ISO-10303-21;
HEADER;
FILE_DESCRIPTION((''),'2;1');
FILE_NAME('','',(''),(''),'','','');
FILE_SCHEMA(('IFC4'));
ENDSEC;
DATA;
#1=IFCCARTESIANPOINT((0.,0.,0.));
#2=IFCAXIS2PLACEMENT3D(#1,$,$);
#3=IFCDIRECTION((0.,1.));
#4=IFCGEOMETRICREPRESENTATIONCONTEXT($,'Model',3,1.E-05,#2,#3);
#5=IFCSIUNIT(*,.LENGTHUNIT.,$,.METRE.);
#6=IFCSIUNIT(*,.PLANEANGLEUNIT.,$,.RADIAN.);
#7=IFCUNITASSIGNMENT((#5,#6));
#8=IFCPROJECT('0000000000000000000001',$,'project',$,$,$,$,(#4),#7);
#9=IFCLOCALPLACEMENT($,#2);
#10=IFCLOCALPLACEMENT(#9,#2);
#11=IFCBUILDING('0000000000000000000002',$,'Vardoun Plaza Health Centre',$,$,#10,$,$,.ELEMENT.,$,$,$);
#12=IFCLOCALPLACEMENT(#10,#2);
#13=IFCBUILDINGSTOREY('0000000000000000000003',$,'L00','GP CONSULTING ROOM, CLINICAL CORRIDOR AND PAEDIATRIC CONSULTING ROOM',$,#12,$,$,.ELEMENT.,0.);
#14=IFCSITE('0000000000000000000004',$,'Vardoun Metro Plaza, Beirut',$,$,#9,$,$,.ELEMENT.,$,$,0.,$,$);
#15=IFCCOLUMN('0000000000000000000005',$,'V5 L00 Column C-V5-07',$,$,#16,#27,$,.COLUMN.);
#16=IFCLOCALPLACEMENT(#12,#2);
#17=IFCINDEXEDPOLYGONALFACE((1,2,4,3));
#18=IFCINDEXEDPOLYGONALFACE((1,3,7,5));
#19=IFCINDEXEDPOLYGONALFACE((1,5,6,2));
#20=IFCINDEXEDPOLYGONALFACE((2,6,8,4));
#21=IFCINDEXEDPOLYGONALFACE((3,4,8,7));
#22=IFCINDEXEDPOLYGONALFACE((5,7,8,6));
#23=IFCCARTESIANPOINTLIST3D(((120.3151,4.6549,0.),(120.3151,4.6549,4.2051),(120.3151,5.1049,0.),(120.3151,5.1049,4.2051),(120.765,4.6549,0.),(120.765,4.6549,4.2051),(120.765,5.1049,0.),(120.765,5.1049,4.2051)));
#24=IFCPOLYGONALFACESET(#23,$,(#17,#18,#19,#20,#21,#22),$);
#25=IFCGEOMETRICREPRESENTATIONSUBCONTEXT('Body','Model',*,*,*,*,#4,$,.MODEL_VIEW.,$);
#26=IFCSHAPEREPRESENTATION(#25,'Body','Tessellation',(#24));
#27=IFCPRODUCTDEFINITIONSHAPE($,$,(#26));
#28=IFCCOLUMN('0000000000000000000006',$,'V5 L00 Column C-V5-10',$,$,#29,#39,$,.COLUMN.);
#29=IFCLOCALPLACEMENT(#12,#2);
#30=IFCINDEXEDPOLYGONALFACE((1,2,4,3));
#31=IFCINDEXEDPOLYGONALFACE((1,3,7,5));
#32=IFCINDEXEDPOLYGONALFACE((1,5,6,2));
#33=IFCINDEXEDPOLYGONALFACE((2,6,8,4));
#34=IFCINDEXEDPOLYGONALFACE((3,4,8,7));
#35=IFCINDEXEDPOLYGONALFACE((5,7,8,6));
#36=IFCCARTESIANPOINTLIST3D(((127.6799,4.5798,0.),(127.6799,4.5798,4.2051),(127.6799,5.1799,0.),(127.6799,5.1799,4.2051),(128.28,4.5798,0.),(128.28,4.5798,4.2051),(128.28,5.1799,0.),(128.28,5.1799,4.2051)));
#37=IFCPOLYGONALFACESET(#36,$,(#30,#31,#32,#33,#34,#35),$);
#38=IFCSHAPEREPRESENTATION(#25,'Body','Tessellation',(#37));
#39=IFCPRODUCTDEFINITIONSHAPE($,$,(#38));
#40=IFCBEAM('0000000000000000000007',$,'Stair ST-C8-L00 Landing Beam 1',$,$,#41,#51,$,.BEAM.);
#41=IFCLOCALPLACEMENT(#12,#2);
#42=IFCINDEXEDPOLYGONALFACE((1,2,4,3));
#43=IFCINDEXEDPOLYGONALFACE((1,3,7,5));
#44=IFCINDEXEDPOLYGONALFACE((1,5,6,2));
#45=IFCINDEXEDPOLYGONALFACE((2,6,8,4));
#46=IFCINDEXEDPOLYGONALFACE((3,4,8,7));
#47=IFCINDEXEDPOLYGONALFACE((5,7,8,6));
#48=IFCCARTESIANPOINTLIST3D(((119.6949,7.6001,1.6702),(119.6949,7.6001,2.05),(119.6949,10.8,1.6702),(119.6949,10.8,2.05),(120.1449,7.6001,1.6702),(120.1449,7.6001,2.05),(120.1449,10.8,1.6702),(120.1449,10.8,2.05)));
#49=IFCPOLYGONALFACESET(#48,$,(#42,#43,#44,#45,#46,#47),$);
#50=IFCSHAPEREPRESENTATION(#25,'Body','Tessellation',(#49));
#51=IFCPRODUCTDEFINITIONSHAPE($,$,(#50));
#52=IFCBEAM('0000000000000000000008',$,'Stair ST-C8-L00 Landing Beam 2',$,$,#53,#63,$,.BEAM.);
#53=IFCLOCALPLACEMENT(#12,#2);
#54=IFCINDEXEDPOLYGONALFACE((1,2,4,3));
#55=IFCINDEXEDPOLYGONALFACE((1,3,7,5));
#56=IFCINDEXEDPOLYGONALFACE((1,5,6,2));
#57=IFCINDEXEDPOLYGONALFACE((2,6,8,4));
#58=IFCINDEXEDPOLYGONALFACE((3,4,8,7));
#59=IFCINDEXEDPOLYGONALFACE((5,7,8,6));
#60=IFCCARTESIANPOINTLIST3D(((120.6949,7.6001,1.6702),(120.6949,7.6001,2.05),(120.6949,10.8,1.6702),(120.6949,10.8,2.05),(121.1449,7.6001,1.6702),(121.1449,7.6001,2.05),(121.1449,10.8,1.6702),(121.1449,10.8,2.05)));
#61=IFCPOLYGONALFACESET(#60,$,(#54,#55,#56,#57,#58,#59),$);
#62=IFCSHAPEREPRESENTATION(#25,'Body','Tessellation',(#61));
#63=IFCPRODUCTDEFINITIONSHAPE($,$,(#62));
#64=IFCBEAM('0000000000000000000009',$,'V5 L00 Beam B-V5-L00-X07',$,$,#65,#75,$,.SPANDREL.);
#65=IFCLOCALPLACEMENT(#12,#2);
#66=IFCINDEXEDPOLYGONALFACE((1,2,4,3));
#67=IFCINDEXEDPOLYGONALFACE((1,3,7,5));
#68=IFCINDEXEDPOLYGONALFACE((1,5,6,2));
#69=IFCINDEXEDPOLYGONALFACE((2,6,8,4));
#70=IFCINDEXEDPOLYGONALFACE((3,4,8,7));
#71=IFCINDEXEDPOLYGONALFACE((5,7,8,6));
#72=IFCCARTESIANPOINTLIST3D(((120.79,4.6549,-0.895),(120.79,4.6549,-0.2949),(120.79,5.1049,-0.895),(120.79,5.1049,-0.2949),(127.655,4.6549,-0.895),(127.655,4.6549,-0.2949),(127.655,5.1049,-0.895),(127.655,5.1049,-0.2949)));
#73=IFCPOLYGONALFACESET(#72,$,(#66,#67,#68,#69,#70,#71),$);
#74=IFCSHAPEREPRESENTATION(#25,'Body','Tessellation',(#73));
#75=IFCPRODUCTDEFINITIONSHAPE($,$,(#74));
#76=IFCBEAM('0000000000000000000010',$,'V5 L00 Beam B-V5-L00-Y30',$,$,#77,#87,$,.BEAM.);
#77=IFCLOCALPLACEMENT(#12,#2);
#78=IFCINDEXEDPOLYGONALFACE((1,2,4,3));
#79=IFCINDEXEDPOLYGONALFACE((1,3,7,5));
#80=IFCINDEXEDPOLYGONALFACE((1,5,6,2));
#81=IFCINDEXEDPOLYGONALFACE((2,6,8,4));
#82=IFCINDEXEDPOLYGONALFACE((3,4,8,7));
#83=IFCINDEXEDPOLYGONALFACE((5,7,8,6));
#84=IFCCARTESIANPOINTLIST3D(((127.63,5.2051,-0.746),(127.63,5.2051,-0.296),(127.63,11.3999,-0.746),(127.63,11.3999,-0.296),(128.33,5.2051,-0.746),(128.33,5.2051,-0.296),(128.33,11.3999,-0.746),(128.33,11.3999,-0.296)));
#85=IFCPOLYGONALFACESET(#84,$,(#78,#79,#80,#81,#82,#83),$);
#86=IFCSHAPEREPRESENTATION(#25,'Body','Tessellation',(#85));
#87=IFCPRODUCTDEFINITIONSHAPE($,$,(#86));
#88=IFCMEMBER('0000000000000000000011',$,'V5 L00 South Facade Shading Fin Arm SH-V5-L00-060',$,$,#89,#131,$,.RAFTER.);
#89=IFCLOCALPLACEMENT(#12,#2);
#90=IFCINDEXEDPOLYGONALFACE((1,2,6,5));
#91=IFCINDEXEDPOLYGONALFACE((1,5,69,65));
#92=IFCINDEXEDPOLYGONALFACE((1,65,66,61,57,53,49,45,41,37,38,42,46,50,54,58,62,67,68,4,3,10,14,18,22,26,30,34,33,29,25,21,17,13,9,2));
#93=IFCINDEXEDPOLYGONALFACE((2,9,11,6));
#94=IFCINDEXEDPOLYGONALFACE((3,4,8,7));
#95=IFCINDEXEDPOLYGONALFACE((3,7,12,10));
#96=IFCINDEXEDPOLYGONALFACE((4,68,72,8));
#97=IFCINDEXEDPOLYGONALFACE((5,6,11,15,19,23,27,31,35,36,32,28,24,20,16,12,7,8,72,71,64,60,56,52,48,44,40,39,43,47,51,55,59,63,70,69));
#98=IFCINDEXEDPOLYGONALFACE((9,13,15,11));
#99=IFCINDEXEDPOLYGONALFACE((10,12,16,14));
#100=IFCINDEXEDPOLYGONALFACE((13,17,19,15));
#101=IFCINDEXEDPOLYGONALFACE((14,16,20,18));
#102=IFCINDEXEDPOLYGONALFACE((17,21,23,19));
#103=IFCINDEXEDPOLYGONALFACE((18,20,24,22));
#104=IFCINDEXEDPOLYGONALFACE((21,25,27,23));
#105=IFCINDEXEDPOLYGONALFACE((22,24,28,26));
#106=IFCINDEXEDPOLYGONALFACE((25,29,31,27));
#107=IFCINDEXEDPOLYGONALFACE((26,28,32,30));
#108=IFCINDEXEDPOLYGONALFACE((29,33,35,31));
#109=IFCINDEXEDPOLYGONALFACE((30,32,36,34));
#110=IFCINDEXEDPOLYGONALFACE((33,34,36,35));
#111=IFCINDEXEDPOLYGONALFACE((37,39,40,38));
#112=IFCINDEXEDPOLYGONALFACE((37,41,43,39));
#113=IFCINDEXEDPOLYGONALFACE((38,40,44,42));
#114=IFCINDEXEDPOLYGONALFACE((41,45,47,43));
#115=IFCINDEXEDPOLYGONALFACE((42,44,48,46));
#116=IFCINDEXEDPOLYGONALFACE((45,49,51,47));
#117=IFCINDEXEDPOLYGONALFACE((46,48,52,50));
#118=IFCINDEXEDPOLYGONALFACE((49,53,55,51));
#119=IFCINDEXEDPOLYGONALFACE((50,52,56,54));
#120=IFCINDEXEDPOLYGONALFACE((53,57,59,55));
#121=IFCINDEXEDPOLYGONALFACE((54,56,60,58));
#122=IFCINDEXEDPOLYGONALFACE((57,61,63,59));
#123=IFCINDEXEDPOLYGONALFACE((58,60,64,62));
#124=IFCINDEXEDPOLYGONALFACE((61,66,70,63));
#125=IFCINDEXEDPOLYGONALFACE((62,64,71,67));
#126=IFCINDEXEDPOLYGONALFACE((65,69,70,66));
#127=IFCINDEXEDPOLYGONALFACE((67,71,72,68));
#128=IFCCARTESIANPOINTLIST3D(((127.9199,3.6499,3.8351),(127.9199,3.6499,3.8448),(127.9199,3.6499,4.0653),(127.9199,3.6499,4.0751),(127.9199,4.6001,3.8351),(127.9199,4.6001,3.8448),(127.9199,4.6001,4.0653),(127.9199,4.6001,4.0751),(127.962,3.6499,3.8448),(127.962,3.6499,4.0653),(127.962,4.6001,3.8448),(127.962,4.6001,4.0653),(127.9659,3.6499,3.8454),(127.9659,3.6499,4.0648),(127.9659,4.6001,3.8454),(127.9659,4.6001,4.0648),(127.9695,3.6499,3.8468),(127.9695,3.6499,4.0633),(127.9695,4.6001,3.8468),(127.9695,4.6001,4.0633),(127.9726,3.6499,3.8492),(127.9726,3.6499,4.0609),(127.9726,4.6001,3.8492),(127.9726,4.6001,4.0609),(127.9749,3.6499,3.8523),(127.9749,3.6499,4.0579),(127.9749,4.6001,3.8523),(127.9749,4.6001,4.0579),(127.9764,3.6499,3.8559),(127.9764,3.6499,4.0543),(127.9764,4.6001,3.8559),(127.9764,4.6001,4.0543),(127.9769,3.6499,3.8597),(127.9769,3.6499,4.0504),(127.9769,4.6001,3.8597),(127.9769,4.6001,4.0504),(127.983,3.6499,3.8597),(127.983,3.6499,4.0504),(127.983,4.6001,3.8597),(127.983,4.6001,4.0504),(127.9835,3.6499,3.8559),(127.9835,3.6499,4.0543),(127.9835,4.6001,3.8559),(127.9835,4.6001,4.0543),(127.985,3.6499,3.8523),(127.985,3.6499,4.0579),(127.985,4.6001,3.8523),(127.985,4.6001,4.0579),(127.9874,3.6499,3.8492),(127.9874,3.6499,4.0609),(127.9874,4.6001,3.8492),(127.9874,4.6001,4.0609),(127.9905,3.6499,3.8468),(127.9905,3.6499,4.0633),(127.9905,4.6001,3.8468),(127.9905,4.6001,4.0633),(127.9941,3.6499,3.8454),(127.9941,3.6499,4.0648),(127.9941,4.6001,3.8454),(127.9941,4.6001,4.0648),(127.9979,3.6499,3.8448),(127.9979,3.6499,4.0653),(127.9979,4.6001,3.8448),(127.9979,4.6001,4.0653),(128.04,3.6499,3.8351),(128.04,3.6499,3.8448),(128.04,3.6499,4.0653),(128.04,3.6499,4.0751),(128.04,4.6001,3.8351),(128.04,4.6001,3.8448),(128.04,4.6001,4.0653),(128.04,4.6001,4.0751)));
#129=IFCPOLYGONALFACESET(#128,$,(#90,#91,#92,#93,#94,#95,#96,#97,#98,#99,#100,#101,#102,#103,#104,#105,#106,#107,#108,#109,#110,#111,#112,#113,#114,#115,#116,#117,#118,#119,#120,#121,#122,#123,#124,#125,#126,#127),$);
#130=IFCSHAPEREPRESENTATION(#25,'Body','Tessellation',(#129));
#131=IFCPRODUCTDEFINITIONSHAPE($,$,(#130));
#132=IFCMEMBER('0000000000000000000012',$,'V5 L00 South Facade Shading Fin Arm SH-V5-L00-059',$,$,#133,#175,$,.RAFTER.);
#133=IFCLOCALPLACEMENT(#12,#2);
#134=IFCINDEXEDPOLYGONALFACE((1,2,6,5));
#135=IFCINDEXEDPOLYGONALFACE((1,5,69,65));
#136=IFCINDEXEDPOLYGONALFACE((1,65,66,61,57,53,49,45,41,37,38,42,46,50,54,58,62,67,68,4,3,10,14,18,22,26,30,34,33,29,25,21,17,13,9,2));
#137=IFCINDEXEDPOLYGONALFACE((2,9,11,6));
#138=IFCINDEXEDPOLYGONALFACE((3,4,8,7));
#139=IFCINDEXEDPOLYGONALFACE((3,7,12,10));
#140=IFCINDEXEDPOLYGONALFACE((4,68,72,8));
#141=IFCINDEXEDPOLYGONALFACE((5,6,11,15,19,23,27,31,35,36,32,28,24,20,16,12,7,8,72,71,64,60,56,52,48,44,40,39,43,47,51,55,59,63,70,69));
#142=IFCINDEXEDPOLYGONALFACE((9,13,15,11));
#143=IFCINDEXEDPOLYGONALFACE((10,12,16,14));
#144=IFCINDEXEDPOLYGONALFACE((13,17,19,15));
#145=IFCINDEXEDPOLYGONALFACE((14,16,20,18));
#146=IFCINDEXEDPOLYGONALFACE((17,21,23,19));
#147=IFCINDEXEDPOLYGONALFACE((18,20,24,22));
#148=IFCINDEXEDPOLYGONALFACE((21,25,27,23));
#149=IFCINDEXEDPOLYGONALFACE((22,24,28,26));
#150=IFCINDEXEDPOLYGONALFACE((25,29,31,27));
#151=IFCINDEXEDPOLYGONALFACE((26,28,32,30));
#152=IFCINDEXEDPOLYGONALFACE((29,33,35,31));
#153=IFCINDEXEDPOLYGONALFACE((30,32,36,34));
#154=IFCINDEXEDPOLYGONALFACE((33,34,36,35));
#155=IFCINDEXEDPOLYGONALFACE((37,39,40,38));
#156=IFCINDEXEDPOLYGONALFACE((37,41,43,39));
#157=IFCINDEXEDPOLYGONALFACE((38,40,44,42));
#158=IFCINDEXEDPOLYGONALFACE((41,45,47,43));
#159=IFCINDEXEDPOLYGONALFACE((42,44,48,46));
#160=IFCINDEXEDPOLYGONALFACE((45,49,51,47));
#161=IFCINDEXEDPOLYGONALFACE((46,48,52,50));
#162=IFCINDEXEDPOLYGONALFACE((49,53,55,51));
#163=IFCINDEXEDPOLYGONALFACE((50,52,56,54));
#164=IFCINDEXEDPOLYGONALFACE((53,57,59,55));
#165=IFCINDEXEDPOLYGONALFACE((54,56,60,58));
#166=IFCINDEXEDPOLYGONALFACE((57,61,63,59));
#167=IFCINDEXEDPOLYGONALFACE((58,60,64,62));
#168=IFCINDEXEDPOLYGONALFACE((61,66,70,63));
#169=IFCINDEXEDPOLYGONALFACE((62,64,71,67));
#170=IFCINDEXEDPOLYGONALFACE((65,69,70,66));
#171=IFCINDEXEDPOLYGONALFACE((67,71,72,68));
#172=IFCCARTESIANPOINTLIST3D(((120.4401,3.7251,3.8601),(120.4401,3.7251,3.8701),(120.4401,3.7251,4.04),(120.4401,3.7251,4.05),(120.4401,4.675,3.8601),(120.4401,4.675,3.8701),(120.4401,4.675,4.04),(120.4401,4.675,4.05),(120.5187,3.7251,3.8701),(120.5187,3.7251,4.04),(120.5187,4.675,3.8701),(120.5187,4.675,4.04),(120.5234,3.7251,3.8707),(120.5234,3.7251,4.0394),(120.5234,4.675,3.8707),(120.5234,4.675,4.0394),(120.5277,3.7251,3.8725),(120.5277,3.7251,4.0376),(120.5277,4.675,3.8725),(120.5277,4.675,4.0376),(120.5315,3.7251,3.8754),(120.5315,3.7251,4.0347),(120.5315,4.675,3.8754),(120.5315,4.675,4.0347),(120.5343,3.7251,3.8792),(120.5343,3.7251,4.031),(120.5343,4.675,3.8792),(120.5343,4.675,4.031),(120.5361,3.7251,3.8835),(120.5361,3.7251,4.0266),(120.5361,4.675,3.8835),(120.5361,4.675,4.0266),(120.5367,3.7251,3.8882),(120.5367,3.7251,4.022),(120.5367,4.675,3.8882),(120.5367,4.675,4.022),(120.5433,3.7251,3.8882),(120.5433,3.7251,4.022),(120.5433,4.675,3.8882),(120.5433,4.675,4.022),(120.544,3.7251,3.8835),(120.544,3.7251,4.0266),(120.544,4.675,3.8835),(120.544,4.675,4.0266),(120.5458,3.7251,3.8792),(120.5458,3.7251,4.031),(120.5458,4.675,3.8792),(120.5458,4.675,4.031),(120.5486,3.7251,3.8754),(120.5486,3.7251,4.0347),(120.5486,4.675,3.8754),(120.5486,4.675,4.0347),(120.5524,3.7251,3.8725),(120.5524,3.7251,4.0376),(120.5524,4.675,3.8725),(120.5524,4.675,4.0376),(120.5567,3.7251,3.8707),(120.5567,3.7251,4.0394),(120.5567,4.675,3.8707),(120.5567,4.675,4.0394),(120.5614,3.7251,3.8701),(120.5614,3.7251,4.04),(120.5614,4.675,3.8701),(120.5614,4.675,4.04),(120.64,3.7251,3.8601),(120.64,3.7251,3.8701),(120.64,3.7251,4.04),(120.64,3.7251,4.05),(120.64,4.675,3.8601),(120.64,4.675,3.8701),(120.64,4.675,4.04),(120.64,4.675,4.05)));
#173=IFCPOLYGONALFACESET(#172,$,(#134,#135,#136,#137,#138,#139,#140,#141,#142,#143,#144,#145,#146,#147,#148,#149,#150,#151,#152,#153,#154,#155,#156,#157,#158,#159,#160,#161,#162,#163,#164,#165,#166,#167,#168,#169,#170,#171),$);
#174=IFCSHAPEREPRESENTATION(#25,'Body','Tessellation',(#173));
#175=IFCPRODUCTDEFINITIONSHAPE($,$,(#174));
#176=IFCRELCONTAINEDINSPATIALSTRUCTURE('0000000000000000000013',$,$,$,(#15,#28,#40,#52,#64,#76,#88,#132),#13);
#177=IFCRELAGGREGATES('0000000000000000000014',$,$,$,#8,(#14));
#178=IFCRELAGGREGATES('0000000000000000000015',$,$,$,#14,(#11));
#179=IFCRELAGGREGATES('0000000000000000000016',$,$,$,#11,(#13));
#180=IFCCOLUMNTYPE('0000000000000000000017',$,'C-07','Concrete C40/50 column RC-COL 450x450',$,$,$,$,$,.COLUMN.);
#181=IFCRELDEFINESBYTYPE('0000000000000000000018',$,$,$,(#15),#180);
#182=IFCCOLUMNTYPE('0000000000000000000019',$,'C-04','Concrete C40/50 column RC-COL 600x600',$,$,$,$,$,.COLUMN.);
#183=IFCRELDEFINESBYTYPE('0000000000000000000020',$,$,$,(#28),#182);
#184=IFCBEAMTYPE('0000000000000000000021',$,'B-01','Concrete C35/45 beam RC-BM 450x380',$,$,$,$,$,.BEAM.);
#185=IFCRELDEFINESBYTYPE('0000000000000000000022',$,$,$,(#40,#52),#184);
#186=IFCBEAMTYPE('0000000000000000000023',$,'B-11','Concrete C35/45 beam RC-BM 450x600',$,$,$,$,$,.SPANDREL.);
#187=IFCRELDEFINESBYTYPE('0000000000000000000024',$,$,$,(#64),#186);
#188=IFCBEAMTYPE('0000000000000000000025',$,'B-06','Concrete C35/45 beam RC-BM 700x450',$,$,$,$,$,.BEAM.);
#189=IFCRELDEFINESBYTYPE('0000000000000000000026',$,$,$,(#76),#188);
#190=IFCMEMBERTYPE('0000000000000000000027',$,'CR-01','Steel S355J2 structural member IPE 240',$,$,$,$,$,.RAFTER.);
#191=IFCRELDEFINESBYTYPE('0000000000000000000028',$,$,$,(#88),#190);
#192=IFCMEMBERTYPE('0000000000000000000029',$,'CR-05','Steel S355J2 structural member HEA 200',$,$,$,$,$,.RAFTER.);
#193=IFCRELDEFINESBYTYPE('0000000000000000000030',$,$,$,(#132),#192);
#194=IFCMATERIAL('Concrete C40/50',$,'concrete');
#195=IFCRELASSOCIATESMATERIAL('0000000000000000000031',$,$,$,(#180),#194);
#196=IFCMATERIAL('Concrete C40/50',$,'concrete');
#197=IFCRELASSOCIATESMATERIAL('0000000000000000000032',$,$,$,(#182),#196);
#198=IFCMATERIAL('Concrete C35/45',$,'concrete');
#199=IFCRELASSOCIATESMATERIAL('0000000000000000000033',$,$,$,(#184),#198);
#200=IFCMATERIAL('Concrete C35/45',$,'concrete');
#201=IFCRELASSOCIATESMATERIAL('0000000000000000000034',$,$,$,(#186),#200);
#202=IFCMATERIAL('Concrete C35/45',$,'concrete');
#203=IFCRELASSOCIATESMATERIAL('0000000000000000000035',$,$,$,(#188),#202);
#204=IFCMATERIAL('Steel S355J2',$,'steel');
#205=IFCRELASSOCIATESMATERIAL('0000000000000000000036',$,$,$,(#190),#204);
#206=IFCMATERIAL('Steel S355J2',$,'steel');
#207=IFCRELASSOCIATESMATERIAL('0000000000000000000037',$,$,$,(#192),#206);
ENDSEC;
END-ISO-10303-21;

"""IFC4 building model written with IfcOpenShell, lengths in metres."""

from ifc_helpers import new_model, si_unit, direction, frame, origin, origin_2d, place, context, subcontext, project, spatial, rectangle, i_section, extrude, material, material_profile, profile_set, type_object, element, save


model = new_model("IFC4")

# Units and contexts
model_context = context("Model", 3, precision=1e-05, world=origin(), true_north=direction((0.0, 1.0)))
body_context = subcontext(model_context, "Body", "Model", "MODEL_VIEW")
ifc_project = project(units=[si_unit("LENGTHUNIT", "METRE"), si_unit("PLANEANGLEUNIT", "RADIAN")], contexts=[model_context])

# Site, building, storey
site_placement = place(None, origin())
site = spatial("IfcSite", under=ifc_project, at=site_placement, Name="Vardoun Metro Plaza, Beirut", CompositionType="ELEMENT", RefElevation=0.0)
building_placement = place(site_placement, origin())
building = spatial("IfcBuilding", under=site, at=building_placement, Name="Vardoun Plaza Health Centre", CompositionType="ELEMENT")
storey_placement = place(building_placement, origin())
storey = spatial("IfcBuildingStorey", under=building, at=storey_placement, Name="L00", Description="GP CONSULTING ROOM, CLINICAL CORRIDOR AND PAEDIATRIC CONSULTING ROOM", CompositionType="ELEMENT", Elevation=0.0)

# Columns
ifc_material_1 = material(Name="Concrete C40/50", Category="concrete")
ifc_material_profile_1 = material_profile(ifc_material_1, rectangle(XDim=0.45, YDim=0.45, at=origin_2d()), Name="RC-COL 450x450")
ifc_profile_set_1 = profile_set([ifc_material_profile_1], Name="Concrete C40/50")
column_type_1 = type_object("IfcColumnType", Name="C-07", Description="Concrete C40/50 column RC-COL 450x450", PredefinedType="COLUMN", material=ifc_profile_set_1)
column_1_placement = place(storey_placement, frame((120.54, 4.8799, 0.0), z_axis=(0.0, 0.0, 1.0), x_axis=(1.0, 0.0, 0.0)))
element("IfcColumn", 1, at=column_1_placement, inside=storey, type_object=column_type_1, Name="V5 L00 Column C-V5-07", PredefinedType="COLUMN", context=body_context, shape_type="SweptSolid", body=[
    extrude(rectangle(XDim=0.45, YDim=0.45, at=origin_2d()), origin(), (0.0, 0.0, 1.0), 4.2051),
])
ifc_material_2 = material(Name="Concrete C40/50", Category="concrete")
ifc_material_profile_2 = material_profile(ifc_material_2, rectangle(XDim=0.6001, YDim=0.6001, at=origin_2d()), Name="RC-COL 600x600")
ifc_profile_set_2 = profile_set([ifc_material_profile_2], Name="Concrete C40/50")
column_type_2 = type_object("IfcColumnType", Name="C-04", Description="Concrete C40/50 column RC-COL 600x600", PredefinedType="COLUMN", material=ifc_profile_set_2)
column_2_placement = place(storey_placement, frame((127.98, 4.8799, 0.0), z_axis=(0.0, 0.0, 1.0), x_axis=(1.0, 0.0, 0.0)))
element("IfcColumn", 2, at=column_2_placement, inside=storey, type_object=column_type_2, Name="V5 L00 Column C-V5-10", PredefinedType="COLUMN", context=body_context, shape_type="SweptSolid", body=[
    extrude(rectangle(XDim=0.6001, YDim=0.6001, at=origin_2d()), origin(), (0.0, 0.0, 1.0), 4.2051),
])

# Beams
ifc_material_3 = material(Name="Concrete C35/45", Category="concrete")
ifc_material_profile_3 = material_profile(ifc_material_3, rectangle(XDim=0.45, YDim=0.3799, at=origin_2d()), Name="RC-BM 450x380")
ifc_profile_set_3 = profile_set([ifc_material_profile_3], Name="Concrete C35/45")
beam_type_1 = type_object("IfcBeamType", Name="B-01", Description="Concrete C35/45 beam RC-BM 450x380", PredefinedType="BEAM", material=ifc_profile_set_3)
for number, where, z_axis, x_axis, name in (
    (3, (119.9199, 7.6001, 1.8601), (0.0, 1.0, 0.0), (-1.0, 0.0, 0.0), "Stair ST-C8-L00 Landing Beam 1"),
    (4, (120.9199, 7.6001, 1.8601), (0.0, 1.0, 0.0), (-1.0, 0.0, 0.0), "Stair ST-C8-L00 Landing Beam 2"),
):
    element("IfcBeam", number, at=place(storey_placement, frame(where, z_axis=z_axis, x_axis=x_axis)), inside=storey, type_object=beam_type_1, Name=name, PredefinedType="BEAM", context=body_context, shape_type="SweptSolid", body=[
        extrude(rectangle(XDim=0.45, YDim=0.3799, at=origin_2d()), origin(), (0.0, 0.0, 1.0), 3.2),
    ])
ifc_material_4 = material(Name="Concrete C35/45", Category="concrete")
ifc_material_profile_4 = material_profile(ifc_material_4, rectangle(XDim=0.45, YDim=0.6001, at=origin_2d()), Name="RC-BM 450x600")
ifc_profile_set_4 = profile_set([ifc_material_profile_4], Name="Concrete C35/45")
beam_type_2 = type_object("IfcBeamType", Name="B-11", Description="Concrete C35/45 beam RC-BM 450x600", PredefinedType="SPANDREL", material=ifc_profile_set_4)
beam_1_placement = place(storey_placement, frame((120.79, 4.8799, -0.595), z_axis=(1.0, 0.0, 0.0), x_axis=(0.0, 1.0, 0.0)))
element("IfcBeam", 5, at=beam_1_placement, inside=storey, type_object=beam_type_2, Name="V5 L00 Beam B-V5-L00-X07", PredefinedType="SPANDREL", context=body_context, shape_type="SweptSolid", body=[
    extrude(rectangle(XDim=0.45, YDim=0.6001, at=origin_2d()), origin(), (0.0, 0.0, 1.0), 6.865),
])
ifc_material_5 = material(Name="Concrete C35/45", Category="concrete")
ifc_material_profile_5 = material_profile(ifc_material_5, rectangle(XDim=0.7, YDim=0.45, at=origin_2d()), Name="RC-BM 700x450")
ifc_profile_set_5 = profile_set([ifc_material_profile_5], Name="Concrete C35/45")
beam_type_3 = type_object("IfcBeamType", Name="B-06", Description="Concrete C35/45 beam RC-BM 700x450", PredefinedType="BEAM", material=ifc_profile_set_5)
beam_2_placement = place(storey_placement, frame((127.98, 5.2051, -0.521), z_axis=(0.0, 1.0, 0.0), x_axis=(-1.0, 0.0, 0.0)))
element("IfcBeam", 6, at=beam_2_placement, inside=storey, type_object=beam_type_3, Name="V5 L00 Beam B-V5-L00-Y30", PredefinedType="BEAM", context=body_context, shape_type="SweptSolid", body=[
    extrude(rectangle(XDim=0.7, YDim=0.45, at=origin_2d()), origin(), (0.0, 0.0, 1.0), 6.1948),
])

# Members
ifc_material_6 = material(Name="Steel S355J2", Category="steel")
ifc_material_profile_6 = material_profile(ifc_material_6, i_section(OverallWidth=0.1201, OverallDepth=0.24, WebThickness=0.0061, FlangeThickness=0.0098, FilletRadius=0.0149, at=origin_2d()), Name="IPE 240")
ifc_profile_set_6 = profile_set([ifc_material_profile_6], Name="Steel S355J2")
member_type_1 = type_object("IfcMemberType", Name="CR-01", Description="Steel S355J2 structural member IPE 240", PredefinedType="RAFTER", material=ifc_profile_set_6)
member_1_placement = place(storey_placement, frame((127.98, 4.6001, 3.9551), z_axis=(0.0, -1.0, 0.0), x_axis=(1.0, 0.0, 0.0)))
element("IfcMember", 7, at=member_1_placement, inside=storey, type_object=member_type_1, Name="V5 L00 South Facade Shading Fin Arm SH-V5-L00-060", PredefinedType="RAFTER", context=body_context, shape_type="SweptSolid", body=[
    extrude(i_section(OverallWidth=0.1201, OverallDepth=0.24, WebThickness=0.0061, FlangeThickness=0.0098, FilletRadius=0.0149, at=origin_2d()), origin(), (0.0, 0.0, 1.0), 0.9502),
])
ifc_material_7 = material(Name="Steel S355J2", Category="steel")
ifc_material_profile_7 = material_profile(ifc_material_7, i_section(OverallWidth=0.2, OverallDepth=0.1899, WebThickness=0.0066, FlangeThickness=0.01, FilletRadius=0.0181, at=origin_2d()), Name="HEA 200")
ifc_profile_set_7 = profile_set([ifc_material_profile_7], Name="Steel S355J2")
member_type_2 = type_object("IfcMemberType", Name="CR-05", Description="Steel S355J2 structural member HEA 200", PredefinedType="RAFTER", material=ifc_profile_set_7)
member_2_placement = place(storey_placement, frame((120.54, 4.675, 3.9551), z_axis=(0.0, -1.0, 0.0), x_axis=(1.0, 0.0, 0.0)))
element("IfcMember", 8, at=member_2_placement, inside=storey, type_object=member_type_2, Name="V5 L00 South Facade Shading Fin Arm SH-V5-L00-059", PredefinedType="RAFTER", context=body_context, shape_type="SweptSolid", body=[
    extrude(i_section(OverallWidth=0.2, OverallDepth=0.1899, WebThickness=0.0066, FlangeThickness=0.01, FilletRadius=0.0181, at=origin_2d()), origin(), (0.0, 0.0, 1.0), 0.95),
])

save(model, "model.ifc")
